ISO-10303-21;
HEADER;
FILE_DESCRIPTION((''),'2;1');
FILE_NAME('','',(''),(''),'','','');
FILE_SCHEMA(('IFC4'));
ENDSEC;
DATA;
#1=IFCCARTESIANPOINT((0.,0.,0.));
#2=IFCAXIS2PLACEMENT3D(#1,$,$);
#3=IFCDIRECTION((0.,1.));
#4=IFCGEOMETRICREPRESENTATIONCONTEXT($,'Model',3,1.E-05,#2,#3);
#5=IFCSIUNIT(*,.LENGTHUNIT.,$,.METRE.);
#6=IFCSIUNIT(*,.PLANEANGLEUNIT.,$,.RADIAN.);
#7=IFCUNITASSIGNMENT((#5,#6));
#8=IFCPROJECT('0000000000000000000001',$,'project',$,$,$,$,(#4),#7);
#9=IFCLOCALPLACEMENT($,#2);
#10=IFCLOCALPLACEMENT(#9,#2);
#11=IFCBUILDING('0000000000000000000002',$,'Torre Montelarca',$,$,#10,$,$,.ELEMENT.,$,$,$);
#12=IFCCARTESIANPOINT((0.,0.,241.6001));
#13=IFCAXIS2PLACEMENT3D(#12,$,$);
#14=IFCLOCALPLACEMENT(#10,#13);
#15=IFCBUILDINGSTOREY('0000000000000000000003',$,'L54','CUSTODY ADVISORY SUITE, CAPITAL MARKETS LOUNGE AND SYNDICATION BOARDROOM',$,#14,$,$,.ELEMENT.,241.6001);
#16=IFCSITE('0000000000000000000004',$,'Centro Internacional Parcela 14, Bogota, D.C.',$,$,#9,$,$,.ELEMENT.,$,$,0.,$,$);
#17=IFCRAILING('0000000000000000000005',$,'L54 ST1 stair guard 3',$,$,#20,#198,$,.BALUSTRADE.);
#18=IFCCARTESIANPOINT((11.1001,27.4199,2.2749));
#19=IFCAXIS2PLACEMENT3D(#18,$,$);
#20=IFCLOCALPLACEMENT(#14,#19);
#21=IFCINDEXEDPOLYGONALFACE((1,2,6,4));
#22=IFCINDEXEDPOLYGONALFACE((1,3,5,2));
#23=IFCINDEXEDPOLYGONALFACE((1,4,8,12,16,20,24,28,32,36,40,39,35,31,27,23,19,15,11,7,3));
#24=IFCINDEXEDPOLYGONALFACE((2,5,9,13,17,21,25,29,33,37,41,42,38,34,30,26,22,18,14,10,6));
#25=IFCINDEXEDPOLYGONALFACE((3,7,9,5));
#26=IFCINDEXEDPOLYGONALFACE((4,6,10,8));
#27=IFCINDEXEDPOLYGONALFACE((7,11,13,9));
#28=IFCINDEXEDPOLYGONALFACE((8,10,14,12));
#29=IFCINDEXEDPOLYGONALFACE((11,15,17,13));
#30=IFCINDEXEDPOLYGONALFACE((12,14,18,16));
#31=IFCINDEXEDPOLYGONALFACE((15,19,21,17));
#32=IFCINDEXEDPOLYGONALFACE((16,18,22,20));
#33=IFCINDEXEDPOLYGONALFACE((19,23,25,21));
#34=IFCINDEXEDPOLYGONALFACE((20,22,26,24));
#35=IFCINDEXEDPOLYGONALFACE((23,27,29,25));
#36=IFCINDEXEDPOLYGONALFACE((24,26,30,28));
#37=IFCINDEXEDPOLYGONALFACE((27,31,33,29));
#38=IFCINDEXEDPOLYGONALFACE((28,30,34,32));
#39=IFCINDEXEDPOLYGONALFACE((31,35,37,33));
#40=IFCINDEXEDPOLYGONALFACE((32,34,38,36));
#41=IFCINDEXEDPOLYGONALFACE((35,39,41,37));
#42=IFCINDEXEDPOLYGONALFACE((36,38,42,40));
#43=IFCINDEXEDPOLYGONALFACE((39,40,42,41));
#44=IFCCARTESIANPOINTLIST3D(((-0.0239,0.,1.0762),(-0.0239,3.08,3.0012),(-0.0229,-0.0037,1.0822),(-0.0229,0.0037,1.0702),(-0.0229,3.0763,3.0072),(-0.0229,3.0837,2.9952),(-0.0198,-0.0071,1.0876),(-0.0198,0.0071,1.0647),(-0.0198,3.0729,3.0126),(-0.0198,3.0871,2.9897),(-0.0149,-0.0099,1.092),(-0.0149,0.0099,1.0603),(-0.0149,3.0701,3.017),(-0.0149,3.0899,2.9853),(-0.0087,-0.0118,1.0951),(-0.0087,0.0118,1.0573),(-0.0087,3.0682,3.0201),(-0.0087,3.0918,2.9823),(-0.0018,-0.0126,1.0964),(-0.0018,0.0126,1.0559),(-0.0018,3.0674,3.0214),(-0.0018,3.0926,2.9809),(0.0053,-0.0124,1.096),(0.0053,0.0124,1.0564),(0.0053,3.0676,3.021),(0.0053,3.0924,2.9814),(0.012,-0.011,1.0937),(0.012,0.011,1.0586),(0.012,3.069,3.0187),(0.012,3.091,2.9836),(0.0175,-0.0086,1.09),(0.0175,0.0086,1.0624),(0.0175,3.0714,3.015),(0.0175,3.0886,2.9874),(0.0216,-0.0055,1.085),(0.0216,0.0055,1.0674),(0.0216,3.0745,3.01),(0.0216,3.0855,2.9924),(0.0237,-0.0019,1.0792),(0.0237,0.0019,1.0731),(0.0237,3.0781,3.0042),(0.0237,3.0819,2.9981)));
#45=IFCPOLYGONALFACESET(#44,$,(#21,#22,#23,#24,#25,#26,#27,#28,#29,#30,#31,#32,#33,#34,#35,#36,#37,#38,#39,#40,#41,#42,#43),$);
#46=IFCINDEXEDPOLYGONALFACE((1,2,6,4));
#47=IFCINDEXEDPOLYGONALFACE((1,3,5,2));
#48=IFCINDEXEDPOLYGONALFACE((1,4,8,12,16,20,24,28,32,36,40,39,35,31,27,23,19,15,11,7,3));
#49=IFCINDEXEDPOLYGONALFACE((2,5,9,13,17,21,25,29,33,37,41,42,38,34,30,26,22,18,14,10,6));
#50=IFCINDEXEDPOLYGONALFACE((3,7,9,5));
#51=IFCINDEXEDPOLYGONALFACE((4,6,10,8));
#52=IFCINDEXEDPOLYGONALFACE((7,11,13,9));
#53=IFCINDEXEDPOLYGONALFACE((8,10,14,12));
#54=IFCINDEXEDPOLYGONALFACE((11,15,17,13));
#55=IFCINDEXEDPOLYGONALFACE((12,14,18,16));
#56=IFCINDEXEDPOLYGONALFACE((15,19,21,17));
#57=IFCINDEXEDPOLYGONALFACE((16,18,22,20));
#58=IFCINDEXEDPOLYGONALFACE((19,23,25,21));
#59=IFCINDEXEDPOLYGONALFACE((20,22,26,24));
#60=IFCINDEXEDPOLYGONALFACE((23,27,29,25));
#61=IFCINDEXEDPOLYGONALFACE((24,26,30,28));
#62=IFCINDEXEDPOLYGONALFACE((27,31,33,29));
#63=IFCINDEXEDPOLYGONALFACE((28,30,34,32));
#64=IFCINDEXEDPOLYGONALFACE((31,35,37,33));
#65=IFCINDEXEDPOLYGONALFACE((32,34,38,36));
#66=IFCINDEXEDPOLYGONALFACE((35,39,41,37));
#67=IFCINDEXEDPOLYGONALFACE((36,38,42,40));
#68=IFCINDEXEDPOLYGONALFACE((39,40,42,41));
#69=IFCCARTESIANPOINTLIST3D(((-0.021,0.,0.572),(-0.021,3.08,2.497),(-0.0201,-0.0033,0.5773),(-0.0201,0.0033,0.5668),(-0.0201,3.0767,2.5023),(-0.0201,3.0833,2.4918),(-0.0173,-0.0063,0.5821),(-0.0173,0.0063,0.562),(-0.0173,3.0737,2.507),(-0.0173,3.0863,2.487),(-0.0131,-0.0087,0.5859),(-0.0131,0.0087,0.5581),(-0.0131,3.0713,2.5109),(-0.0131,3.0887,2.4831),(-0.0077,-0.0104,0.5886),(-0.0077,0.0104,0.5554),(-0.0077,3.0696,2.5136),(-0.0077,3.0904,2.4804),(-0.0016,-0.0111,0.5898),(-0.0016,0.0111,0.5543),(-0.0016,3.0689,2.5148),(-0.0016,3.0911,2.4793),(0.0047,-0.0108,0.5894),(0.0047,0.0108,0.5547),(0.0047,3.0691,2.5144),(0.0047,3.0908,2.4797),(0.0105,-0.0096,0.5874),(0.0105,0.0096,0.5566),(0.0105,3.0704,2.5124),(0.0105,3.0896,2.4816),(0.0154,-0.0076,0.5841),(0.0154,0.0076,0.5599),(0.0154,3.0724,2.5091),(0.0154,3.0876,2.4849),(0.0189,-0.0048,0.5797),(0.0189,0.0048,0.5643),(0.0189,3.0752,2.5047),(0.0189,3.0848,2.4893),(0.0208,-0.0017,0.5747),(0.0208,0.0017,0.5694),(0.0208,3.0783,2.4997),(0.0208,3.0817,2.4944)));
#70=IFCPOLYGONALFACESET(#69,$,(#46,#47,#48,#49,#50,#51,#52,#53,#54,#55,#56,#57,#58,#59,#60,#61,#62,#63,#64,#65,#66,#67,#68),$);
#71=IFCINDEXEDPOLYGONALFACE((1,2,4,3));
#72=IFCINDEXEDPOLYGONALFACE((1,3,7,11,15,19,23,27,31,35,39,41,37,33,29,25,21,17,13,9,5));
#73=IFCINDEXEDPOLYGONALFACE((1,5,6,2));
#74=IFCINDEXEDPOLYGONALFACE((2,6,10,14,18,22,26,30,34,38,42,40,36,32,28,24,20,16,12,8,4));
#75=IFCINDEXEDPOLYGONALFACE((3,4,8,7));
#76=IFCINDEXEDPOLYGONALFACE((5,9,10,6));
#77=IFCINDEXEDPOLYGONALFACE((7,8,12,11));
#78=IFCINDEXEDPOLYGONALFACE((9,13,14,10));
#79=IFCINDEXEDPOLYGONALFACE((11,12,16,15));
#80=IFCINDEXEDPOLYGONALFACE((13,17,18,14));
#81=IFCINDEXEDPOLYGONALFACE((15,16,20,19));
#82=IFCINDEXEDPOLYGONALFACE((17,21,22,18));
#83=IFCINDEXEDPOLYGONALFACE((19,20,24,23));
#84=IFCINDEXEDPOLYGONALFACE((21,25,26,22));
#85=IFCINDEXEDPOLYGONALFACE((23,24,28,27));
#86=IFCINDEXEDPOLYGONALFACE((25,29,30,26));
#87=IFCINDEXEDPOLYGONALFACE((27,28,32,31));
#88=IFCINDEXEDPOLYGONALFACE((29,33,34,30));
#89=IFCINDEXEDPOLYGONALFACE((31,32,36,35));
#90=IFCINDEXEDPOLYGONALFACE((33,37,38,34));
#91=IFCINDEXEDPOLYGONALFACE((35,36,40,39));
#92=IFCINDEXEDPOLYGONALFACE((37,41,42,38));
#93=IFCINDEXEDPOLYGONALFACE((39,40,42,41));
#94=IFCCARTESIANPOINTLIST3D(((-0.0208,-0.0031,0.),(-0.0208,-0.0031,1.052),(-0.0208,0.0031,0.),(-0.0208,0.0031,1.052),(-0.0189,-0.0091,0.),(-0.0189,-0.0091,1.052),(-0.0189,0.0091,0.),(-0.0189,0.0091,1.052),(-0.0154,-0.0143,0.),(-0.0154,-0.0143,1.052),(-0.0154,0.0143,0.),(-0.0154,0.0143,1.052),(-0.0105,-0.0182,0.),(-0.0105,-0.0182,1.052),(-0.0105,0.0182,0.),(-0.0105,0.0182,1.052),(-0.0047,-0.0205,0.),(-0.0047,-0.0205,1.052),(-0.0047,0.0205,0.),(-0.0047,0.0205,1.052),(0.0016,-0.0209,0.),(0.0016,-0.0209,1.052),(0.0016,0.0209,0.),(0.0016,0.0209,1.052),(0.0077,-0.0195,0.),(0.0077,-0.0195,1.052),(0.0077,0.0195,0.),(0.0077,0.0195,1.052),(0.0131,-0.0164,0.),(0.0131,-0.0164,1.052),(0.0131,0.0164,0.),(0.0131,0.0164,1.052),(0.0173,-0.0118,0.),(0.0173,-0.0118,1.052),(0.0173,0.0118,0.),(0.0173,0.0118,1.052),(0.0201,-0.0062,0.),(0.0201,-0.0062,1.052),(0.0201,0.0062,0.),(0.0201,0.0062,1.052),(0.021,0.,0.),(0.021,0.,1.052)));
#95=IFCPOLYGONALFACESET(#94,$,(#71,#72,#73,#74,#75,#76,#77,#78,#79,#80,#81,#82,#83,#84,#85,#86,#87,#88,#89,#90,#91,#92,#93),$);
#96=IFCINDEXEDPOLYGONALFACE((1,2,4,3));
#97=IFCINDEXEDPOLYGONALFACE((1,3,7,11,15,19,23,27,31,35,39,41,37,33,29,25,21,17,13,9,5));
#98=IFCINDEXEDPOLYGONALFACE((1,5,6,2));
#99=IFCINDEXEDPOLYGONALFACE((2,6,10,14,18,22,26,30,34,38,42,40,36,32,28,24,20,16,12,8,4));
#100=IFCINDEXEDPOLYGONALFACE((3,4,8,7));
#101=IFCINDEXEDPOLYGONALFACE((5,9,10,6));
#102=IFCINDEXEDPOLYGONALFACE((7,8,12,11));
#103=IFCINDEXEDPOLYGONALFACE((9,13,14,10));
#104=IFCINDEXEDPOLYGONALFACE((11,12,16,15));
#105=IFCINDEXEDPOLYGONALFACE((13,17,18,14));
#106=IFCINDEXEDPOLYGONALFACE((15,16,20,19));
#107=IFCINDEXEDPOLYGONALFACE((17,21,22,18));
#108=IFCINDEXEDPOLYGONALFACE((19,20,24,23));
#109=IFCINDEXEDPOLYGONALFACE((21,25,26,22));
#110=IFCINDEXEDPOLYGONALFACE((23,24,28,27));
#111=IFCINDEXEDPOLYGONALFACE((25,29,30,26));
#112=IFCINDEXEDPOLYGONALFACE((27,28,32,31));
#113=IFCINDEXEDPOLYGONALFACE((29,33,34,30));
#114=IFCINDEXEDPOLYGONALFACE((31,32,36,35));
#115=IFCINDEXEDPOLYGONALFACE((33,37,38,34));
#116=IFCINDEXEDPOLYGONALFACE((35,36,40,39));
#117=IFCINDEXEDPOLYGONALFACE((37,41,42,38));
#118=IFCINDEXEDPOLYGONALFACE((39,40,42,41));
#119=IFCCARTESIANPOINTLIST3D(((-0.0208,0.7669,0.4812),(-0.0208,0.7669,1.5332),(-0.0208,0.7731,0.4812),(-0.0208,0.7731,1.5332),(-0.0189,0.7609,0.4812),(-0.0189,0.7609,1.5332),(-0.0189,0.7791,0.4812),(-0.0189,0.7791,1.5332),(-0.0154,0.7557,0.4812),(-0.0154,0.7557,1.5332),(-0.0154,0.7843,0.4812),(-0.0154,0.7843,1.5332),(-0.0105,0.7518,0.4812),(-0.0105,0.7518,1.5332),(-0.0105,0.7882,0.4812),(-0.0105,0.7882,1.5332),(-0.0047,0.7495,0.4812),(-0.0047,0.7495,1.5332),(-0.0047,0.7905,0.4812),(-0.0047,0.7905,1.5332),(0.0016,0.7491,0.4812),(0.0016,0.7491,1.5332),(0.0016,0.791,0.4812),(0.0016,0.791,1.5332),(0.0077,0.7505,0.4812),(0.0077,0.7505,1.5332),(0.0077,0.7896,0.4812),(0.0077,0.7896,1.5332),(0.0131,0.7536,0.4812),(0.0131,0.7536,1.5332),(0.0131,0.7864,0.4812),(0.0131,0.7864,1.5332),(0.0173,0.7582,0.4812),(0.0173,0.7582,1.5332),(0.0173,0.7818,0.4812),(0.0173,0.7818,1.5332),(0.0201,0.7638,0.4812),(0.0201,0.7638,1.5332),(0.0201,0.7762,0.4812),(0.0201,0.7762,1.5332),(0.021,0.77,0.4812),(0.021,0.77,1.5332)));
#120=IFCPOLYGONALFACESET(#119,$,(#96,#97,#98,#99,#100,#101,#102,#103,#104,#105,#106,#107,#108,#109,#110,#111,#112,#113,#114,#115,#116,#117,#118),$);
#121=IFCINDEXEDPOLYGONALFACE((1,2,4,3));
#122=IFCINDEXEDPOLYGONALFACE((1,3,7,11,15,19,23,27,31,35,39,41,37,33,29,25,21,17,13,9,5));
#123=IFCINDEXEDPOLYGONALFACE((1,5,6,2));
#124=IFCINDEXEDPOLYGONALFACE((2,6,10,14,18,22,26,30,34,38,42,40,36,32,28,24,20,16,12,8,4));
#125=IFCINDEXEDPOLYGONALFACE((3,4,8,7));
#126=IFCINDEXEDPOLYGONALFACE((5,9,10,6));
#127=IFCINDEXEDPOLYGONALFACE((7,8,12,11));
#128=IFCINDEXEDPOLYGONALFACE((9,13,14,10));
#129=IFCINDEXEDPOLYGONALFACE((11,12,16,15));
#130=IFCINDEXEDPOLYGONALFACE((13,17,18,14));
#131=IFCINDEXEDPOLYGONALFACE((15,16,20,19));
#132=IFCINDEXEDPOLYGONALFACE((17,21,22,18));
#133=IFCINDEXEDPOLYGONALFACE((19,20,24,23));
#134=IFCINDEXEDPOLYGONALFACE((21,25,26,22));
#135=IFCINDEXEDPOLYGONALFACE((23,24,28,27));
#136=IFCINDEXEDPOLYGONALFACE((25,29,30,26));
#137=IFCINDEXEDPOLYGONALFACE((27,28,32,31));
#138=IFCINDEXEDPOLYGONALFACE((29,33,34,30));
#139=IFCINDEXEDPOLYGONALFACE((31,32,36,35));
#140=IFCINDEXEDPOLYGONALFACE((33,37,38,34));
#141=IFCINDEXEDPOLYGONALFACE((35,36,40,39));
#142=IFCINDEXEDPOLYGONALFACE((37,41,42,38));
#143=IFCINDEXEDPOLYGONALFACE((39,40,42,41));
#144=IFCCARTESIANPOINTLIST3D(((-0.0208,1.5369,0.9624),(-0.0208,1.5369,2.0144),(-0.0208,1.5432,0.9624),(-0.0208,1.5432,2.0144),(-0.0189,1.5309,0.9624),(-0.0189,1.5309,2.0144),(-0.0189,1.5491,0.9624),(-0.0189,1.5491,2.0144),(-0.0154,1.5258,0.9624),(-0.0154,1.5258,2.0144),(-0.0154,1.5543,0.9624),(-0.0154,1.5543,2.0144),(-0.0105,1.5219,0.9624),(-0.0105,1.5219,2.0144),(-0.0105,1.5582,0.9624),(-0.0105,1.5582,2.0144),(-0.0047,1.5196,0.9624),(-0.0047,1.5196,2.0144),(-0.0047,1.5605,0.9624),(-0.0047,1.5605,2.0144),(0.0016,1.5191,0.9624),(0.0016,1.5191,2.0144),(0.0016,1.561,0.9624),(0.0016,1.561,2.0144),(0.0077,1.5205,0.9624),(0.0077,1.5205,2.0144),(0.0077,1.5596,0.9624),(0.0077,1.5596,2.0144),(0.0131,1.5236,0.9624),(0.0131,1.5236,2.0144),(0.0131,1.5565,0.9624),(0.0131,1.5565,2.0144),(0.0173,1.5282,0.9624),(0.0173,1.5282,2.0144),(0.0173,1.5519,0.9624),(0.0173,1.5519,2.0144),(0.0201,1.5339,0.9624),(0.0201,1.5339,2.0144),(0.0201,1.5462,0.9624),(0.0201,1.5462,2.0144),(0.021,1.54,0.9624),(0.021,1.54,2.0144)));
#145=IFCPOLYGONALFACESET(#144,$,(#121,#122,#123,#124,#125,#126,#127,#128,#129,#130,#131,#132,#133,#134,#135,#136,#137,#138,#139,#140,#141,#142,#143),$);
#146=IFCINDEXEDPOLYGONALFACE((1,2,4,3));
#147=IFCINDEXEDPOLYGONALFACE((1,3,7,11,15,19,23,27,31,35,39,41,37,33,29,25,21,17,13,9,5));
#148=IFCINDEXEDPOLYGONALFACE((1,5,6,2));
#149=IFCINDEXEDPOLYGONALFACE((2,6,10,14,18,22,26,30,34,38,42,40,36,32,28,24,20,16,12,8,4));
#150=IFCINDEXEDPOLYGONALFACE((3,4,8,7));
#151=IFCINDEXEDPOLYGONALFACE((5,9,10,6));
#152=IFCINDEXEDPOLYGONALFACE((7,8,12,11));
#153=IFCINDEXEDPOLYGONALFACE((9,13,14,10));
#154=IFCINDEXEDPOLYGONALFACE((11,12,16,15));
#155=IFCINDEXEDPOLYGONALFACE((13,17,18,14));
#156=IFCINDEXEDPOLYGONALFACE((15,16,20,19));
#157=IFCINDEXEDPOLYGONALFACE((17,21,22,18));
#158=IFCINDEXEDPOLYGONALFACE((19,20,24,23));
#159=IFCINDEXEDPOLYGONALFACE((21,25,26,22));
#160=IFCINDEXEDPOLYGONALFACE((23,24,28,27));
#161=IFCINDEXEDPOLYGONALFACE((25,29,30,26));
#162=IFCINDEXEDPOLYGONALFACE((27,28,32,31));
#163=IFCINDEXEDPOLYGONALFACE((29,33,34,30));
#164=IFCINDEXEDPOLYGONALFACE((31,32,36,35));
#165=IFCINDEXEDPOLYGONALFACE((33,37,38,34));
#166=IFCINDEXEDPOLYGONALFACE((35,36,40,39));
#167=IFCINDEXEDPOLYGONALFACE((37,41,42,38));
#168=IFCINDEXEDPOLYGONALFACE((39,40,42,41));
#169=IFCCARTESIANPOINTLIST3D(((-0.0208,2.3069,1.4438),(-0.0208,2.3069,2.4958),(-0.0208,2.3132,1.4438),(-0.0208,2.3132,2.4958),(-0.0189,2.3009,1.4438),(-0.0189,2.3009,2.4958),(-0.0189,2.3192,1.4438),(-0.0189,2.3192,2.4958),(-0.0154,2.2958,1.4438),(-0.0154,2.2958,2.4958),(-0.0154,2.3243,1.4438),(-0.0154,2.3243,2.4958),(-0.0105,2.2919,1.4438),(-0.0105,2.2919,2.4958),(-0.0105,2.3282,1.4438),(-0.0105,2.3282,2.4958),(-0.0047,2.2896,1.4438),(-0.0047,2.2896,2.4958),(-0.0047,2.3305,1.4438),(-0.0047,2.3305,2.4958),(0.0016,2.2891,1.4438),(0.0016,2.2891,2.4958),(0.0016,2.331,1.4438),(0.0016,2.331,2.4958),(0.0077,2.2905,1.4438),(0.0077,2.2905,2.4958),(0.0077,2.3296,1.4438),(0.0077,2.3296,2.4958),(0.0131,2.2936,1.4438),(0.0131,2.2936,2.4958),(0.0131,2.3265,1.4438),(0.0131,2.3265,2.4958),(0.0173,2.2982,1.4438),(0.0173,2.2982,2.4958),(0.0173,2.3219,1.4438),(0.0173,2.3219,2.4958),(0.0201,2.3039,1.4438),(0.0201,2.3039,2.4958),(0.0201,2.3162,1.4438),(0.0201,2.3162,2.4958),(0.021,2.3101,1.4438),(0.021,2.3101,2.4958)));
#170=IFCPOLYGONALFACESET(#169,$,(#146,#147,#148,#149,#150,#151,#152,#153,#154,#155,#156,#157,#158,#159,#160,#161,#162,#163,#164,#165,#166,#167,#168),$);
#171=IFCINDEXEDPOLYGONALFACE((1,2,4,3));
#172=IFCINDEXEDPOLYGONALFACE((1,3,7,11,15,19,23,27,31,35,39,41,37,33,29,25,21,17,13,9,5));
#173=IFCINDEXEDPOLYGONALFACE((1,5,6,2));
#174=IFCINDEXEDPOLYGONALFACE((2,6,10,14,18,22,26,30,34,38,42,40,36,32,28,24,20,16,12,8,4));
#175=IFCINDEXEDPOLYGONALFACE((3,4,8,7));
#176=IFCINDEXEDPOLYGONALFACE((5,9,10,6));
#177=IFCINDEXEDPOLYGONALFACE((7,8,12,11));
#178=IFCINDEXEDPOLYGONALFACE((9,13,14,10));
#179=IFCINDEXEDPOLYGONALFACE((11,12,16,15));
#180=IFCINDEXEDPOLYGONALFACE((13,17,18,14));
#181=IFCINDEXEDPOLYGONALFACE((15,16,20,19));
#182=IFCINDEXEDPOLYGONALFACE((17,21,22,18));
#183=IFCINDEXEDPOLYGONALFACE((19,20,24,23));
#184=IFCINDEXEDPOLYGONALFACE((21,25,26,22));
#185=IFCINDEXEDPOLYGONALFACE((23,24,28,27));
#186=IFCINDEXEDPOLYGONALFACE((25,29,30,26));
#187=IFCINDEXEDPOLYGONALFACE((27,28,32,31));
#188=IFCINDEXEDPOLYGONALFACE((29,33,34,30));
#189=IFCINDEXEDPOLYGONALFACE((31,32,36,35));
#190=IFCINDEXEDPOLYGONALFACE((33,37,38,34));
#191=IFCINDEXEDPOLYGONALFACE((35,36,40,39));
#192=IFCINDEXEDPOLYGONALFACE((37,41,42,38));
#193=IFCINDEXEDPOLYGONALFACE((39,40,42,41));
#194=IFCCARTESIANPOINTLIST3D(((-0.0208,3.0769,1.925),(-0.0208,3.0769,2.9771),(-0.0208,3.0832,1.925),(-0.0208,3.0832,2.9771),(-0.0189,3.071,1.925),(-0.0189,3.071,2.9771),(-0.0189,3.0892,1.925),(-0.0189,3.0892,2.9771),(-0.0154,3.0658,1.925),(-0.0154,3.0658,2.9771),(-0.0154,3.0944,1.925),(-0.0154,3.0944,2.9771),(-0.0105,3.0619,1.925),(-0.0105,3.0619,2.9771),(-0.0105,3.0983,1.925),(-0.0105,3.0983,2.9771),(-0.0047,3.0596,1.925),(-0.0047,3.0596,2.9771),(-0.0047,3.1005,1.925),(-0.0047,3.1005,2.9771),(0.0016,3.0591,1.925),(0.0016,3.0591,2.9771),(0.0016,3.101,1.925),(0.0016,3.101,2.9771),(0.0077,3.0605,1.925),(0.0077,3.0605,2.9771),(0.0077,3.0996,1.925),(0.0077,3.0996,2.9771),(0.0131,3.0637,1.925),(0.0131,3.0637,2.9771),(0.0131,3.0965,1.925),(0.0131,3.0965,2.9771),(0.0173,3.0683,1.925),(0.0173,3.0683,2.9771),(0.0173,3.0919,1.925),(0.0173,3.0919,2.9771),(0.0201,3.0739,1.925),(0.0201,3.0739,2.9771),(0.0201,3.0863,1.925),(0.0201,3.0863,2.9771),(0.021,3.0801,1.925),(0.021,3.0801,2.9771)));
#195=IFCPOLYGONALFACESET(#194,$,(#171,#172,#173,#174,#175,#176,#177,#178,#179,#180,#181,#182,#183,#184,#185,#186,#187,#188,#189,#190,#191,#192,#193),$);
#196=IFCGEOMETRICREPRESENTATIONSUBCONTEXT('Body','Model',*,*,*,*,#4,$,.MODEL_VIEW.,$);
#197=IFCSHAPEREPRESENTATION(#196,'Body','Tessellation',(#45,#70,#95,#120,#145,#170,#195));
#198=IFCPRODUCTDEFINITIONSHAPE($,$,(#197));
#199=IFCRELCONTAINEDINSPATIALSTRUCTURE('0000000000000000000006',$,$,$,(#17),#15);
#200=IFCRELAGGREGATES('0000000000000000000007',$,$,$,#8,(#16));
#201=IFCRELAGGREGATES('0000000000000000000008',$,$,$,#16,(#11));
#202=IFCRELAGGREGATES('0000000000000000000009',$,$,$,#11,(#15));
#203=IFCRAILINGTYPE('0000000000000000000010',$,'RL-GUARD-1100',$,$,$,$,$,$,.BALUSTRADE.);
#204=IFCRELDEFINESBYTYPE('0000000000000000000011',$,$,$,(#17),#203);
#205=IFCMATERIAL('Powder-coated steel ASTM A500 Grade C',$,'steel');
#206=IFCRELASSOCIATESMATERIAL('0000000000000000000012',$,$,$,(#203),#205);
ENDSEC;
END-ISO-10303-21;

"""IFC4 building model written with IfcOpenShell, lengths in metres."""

from ifc_helpers import new_model, si_unit, direction, frame, origin, origin_2d, place, context, subcontext, project, spatial, circle, extrude, material, type_object, element, save


model = new_model("IFC4")

# Units and contexts
model_context = context("Model", 3, precision=1e-05, world=origin(), true_north=direction((0.0, 1.0)))
body_context = subcontext(model_context, "Body", "Model", "MODEL_VIEW")
ifc_project = project(units=[si_unit("LENGTHUNIT", "METRE"), si_unit("PLANEANGLEUNIT", "RADIAN")], contexts=[model_context])

# Site, building, storey
site_placement = place(None, origin())
site = spatial("IfcSite", under=ifc_project, at=site_placement, Name="Centro Internacional Parcela 14, Bogota, D.C.", CompositionType="ELEMENT", RefElevation=0.0)
building_placement = place(site_placement, origin())
building = spatial("IfcBuilding", under=site, at=building_placement, Name="Torre Montelarca", CompositionType="ELEMENT")
storey_placement = place(building_placement, frame((0.0, 0.0, 241.6001)))
storey = spatial("IfcBuildingStorey", under=building, at=storey_placement, Name="L54", Description="CUSTODY ADVISORY SUITE, CAPITAL MARKETS LOUNGE AND SYNDICATION BOARDROOM", CompositionType="ELEMENT", Elevation=241.6001)

# Railing
ifc_material_1 = material(Name="Powder-coated steel ASTM A500 Grade C", Category="steel")
railing_type_1 = type_object("IfcRailingType", Name="RL-GUARD-1100", PredefinedType="BALUSTRADE", material=ifc_material_1)
railing_1_placement = place(storey_placement, frame((11.1001, 27.4199, 2.2749)))
element("IfcRailing", 1, at=railing_1_placement, inside=storey, type_object=railing_type_1, Name="L54 ST1 stair guard 3", PredefinedType="BALUSTRADE", context=body_context, shape_type="SweptSolid", body=[
    extrude(circle(Radius=0.0239, at=origin_2d()), frame((0.0, 0.0, 1.0762), z_axis=(0.0, 0.847998, 0.529999), x_axis=(-1.0, 0.0, 0.0)), (0.0, 0.0, 1.0), 3.6321),
    extrude(circle(Radius=0.021, at=origin_2d()), frame((0.0, 0.0, 0.572), z_axis=(0.0, 0.847998, 0.529999), x_axis=(-1.0, 0.0, 0.0)), (0.0, 0.0, 1.0), 3.6321),
    extrude(circle(Radius=0.021, at=origin_2d()), origin(), (0.0, 0.0, 1.0), 1.052),
    extrude(circle(Radius=0.021, at=origin_2d()), frame((0.0, 0.77, 0.4812)), (0.0, 0.0, 1.0), 1.052),
    extrude(circle(Radius=0.021, at=origin_2d()), frame((0.0, 1.54, 0.9624)), (0.0, 0.0, 1.0), 1.052),
    extrude(circle(Radius=0.021, at=origin_2d()), frame((0.0, 2.3101, 1.4438)), (0.0, 0.0, 1.0), 1.052),
    extrude(circle(Radius=0.021, at=origin_2d()), frame((0.0, 3.0801, 1.925)), (0.0, 0.0, 1.0), 1.052),
])

save(model, "model.ifc")
